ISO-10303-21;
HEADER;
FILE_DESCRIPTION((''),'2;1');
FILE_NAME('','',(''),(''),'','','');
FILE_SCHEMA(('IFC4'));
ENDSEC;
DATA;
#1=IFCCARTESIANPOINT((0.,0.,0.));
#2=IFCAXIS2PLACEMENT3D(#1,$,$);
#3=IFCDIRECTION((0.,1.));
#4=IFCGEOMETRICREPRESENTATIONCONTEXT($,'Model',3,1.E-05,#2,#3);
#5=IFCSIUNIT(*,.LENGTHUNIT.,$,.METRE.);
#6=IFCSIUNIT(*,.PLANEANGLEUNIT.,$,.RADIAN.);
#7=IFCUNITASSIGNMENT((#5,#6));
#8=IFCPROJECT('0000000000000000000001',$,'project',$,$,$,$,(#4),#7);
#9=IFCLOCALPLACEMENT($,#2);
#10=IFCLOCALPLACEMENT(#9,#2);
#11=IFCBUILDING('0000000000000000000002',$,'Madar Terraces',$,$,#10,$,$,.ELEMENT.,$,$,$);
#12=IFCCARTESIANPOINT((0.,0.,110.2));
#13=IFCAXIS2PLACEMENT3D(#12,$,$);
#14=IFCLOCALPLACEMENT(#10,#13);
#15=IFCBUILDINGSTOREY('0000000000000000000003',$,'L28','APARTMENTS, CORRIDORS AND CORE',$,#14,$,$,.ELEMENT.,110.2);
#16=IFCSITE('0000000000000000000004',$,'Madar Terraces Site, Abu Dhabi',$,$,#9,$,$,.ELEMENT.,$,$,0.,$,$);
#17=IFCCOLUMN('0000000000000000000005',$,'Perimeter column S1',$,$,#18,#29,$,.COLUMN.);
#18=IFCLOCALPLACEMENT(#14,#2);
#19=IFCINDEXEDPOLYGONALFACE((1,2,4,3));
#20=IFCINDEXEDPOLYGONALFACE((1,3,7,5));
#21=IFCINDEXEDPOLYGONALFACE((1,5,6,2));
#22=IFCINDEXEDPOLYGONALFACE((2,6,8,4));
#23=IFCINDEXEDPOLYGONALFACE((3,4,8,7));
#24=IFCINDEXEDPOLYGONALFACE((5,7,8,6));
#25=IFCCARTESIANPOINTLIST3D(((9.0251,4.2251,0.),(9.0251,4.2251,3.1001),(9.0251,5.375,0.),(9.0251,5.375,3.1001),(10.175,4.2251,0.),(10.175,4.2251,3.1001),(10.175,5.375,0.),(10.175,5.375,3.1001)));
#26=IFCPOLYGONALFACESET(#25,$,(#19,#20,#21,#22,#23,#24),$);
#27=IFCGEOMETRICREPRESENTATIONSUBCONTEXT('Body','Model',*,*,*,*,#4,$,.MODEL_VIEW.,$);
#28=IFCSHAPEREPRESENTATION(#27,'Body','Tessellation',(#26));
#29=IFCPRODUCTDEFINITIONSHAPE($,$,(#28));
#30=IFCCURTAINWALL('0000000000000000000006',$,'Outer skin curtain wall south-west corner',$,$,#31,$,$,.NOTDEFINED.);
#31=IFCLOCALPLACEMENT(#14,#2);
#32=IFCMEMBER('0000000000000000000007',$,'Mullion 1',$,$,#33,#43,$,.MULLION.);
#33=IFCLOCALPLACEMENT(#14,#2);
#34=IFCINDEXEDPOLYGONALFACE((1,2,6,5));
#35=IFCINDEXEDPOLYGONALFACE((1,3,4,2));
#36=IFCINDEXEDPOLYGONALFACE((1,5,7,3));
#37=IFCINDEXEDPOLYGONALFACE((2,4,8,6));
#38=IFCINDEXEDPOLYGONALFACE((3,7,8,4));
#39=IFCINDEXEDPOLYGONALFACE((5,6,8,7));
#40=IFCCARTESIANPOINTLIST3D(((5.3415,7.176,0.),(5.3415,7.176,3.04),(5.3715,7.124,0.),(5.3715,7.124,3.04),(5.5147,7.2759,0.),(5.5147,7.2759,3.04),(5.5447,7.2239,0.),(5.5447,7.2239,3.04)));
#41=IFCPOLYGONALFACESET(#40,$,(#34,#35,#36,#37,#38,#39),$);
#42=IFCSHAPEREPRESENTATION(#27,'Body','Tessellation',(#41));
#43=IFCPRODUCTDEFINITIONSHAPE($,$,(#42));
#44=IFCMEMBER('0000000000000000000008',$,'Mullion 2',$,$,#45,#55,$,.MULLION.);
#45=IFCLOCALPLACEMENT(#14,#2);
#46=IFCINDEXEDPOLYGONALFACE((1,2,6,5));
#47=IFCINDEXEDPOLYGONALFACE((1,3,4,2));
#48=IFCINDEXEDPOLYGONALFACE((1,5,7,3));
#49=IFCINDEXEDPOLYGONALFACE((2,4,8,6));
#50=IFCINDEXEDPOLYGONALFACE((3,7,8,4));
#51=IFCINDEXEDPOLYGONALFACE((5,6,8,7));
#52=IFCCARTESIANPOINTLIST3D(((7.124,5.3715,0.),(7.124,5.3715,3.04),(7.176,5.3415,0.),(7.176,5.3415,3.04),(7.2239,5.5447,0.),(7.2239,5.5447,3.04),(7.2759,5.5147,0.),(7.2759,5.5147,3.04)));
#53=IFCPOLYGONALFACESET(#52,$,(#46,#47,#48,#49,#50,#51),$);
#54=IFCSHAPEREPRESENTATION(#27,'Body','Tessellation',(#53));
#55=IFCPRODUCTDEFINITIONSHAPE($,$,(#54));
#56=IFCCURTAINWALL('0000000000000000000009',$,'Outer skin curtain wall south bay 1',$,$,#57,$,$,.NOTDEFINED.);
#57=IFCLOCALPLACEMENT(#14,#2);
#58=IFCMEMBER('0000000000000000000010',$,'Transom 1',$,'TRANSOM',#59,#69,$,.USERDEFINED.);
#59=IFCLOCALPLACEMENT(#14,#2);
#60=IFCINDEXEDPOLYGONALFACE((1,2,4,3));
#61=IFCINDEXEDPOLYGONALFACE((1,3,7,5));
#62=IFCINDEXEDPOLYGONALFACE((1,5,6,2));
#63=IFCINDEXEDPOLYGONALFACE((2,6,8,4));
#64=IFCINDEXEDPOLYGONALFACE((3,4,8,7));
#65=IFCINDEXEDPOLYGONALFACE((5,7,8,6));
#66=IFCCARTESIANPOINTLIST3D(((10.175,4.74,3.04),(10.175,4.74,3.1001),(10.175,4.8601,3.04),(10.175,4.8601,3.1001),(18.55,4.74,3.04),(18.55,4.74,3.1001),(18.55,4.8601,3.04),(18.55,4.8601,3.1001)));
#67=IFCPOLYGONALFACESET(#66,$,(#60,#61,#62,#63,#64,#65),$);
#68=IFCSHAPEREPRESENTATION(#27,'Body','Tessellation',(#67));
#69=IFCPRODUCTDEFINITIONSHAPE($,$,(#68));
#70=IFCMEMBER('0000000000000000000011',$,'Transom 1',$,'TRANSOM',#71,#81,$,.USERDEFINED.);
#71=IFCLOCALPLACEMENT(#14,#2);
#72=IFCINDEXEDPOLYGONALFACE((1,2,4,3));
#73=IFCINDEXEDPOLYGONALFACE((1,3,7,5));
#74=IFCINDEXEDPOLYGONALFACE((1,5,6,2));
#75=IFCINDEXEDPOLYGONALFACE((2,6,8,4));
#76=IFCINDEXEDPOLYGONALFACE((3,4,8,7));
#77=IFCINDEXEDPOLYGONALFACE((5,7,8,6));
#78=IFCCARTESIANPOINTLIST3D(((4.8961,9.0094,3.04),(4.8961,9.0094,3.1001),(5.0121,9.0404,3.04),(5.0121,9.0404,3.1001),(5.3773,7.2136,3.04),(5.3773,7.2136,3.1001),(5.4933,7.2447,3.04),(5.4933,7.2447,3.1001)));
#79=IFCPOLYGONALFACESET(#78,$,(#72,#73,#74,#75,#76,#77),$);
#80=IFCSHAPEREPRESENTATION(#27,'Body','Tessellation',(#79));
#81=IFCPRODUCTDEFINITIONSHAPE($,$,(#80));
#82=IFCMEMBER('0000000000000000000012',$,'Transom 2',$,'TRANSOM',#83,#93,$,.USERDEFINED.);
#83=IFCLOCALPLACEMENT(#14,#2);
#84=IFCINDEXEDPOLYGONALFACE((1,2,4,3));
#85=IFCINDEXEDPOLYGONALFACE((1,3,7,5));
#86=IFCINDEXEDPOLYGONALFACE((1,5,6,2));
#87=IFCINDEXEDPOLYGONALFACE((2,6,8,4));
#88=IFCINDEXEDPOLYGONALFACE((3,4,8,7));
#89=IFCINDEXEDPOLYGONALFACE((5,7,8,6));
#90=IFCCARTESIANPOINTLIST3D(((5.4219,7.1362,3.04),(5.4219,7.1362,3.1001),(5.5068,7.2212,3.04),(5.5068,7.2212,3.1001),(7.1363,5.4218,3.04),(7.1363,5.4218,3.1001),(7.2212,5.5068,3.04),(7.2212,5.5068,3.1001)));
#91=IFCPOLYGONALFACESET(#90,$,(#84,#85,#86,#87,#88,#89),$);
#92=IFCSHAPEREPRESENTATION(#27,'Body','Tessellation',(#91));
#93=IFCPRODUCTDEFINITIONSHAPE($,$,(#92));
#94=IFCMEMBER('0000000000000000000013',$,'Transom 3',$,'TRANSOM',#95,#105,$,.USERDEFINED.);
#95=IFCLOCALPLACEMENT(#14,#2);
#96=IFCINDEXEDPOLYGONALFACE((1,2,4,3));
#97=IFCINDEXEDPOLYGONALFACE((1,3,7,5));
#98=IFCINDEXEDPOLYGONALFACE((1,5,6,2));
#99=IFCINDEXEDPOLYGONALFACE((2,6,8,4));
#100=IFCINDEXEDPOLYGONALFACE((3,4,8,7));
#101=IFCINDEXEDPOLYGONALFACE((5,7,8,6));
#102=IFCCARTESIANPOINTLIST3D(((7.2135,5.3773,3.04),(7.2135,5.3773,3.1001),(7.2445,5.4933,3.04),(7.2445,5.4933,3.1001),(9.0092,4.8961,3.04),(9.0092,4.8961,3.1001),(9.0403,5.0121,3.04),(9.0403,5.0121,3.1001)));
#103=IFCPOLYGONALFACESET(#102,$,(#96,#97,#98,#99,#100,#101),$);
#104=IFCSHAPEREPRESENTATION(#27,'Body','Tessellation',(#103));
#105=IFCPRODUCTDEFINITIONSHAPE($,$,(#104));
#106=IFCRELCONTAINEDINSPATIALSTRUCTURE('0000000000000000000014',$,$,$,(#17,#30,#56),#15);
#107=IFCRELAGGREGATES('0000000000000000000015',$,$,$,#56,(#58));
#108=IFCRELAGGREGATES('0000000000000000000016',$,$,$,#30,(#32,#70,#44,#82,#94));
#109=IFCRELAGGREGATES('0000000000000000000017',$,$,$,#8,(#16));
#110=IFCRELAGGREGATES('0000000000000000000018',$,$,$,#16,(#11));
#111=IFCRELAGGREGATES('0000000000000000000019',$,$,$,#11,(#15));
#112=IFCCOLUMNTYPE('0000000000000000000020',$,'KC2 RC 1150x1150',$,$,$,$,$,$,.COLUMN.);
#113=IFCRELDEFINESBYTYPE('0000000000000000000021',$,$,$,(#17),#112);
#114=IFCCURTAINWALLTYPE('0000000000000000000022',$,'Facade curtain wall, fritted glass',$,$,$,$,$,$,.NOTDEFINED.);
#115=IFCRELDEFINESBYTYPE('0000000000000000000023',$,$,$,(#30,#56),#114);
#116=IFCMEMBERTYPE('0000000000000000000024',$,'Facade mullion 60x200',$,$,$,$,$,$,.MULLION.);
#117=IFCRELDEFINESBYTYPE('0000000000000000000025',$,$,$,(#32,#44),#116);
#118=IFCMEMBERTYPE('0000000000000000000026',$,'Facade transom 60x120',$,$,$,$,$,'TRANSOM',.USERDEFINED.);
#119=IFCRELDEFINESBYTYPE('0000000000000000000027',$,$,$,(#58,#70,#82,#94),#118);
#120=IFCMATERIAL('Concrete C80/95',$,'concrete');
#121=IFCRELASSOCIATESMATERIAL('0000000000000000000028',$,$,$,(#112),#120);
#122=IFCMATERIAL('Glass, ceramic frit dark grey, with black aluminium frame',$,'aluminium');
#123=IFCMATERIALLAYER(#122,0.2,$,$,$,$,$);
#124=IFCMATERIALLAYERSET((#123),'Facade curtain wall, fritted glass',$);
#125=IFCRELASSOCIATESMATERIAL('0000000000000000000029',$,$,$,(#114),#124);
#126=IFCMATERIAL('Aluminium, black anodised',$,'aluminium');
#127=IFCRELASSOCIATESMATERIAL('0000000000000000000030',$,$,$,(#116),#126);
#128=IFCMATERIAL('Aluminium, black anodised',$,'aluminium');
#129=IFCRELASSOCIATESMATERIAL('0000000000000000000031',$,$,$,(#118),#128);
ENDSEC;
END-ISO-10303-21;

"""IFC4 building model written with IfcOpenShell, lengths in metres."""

from ifc_helpers import new_model, si_unit, direction, frame, origin, origin_2d, place, context, subcontext, project, spatial, rectangle, extrude, material, layer, layer_set, material_profile, profile_set, type_object, element, aggregate, save


model = new_model("IFC4")

# Units and contexts
model_context = context("Model", 3, precision=1e-05, world=origin(), true_north=direction((0.0, 1.0)))
body_context = subcontext(model_context, "Body", "Model", "MODEL_VIEW")
ifc_project = project(units=[si_unit("LENGTHUNIT", "METRE"), si_unit("PLANEANGLEUNIT", "RADIAN")], contexts=[model_context])

# Site, building, storey
site_placement = place(None, origin())
site = spatial("IfcSite", under=ifc_project, at=site_placement, Name="Madar Terraces Site, Abu Dhabi", CompositionType="ELEMENT", RefElevation=0.0)
building_placement = place(site_placement, origin())
building = spatial("IfcBuilding", under=site, at=building_placement, Name="Madar Terraces", CompositionType="ELEMENT")
storey_placement = place(building_placement, frame((0.0, 0.0, 110.2)))
storey = spatial("IfcBuildingStorey", under=building, at=storey_placement, Name="L28", Description="APARTMENTS, CORRIDORS AND CORE", CompositionType="ELEMENT", Elevation=110.2)

# Column
ifc_material_1 = material(Name="Concrete C80/95", Category="concrete")
ifc_material_profile_1 = material_profile(ifc_material_1, rectangle(XDim=1.1499, YDim=1.1499, at=origin_2d()), Name="KC2 RC 1150x1150")
ifc_profile_set_1 = profile_set([ifc_material_profile_1], Name="Concrete C80/95")
column_type = type_object("IfcColumnType", Name="KC2 RC 1150x1150", PredefinedType="COLUMN", material=ifc_profile_set_1)
column_placement = place(storey_placement, frame((9.6001, 4.8, 0.0), z_axis=(0.0, 0.0, 1.0), x_axis=(1.0, 0.0, 0.0)))
element("IfcColumn", 1, at=column_placement, inside=storey, type_object=column_type, Name="Perimeter column S1", PredefinedType="COLUMN", context=body_context, shape_type="SweptSolid", body=[
    extrude(rectangle(XDim=1.1499, YDim=1.1499, at=origin_2d()), origin(), (0.0, 0.0, 1.0), 3.1001),
])

# Curtain wall, members
ifc_material_2 = material(Name="Glass, ceramic frit dark grey, with black aluminium frame", Category="aluminium")
ifc_layer_1 = layer(ifc_material_2, 0.2)
ifc_layer_set_1 = layer_set([ifc_layer_1], Name="Facade curtain wall, fritted glass")
curtain_wall_type = type_object("IfcCurtainWallType", Name="Facade curtain wall, fritted glass", PredefinedType="NOTDEFINED", material=ifc_layer_set_1)
curtain_wall_1_placement = place(storey_placement, origin())
curtain_wall_1 = element("IfcCurtainWall", 2, at=curtain_wall_1_placement, inside=storey, type_object=curtain_wall_type, Name="Outer skin curtain wall south-west corner", PredefinedType="NOTDEFINED")
ifc_material_3 = material(Name="Aluminium, black anodised", Category="aluminium")
ifc_material_profile_2 = material_profile(ifc_material_3, rectangle(XDim=0.2, YDim=0.0601, at=origin_2d()), Name="Facade mullion 60x200")
ifc_profile_set_2 = profile_set([ifc_material_profile_2], Name="Aluminium, black anodised")
member_type_1 = type_object("IfcMemberType", Name="Facade mullion 60x200", PredefinedType="MULLION", material=ifc_profile_set_2)
member_1_placement = place(storey_placement, frame((5.4431, 7.2, 0.0), z_axis=(0.0, 0.0, 1.0), x_axis=(0.866025, 0.5, 0.0)))
member_1 = element("IfcMember", 3, at=member_1_placement, type_object=member_type_1, Name="Mullion 1", PredefinedType="MULLION", context=body_context, shape_type="SweptSolid", body=[
    extrude(rectangle(XDim=0.2, YDim=0.0601, at=origin_2d()), origin(), (0.0, 0.0, 1.0), 3.04),
])
member_2_placement = place(storey_placement, frame((7.2, 5.4431, 0.0), z_axis=(0.0, 0.0, 1.0), x_axis=(0.5, 0.866025, 0.0)))
member_2 = element("IfcMember", 4, at=member_2_placement, type_object=member_type_1, Name="Mullion 2", PredefinedType="MULLION", context=body_context, shape_type="SweptSolid", body=[
    extrude(rectangle(XDim=0.2, YDim=0.0601, at=origin_2d()), origin(), (0.0, 0.0, 1.0), 3.04),
])

# Curtain wall, member
curtain_wall_2_placement = place(storey_placement, origin())
curtain_wall_2 = element("IfcCurtainWall", 5, at=curtain_wall_2_placement, inside=storey, type_object=curtain_wall_type, Name="Outer skin curtain wall south bay 1", PredefinedType="NOTDEFINED")
ifc_material_4 = material(Name="Aluminium, black anodised", Category="aluminium")
ifc_material_profile_3 = material_profile(ifc_material_4, rectangle(XDim=0.1201, YDim=0.0601, at=origin_2d()), Name="Facade transom 60x120")
ifc_profile_set_3 = profile_set([ifc_material_profile_3], Name="Aluminium, black anodised")
member_type_2 = type_object("IfcMemberType", Name="Facade transom 60x120", ElementType="TRANSOM", PredefinedType="USERDEFINED", material=ifc_profile_set_3)
member_3_placement = place(storey_placement, frame((10.175, 4.8, 3.0701), z_axis=(1.0, 0.0, 0.0), x_axis=(0.0, 1.0, 0.0)))
member_3 = element("IfcMember", 6, at=member_3_placement, type_object=member_type_2, Name="Transom 1", ObjectType="TRANSOM", PredefinedType="USERDEFINED", context=body_context, shape_type="SweptSolid", body=[
    extrude(rectangle(XDim=0.1201, YDim=0.0601, at=origin_2d()), origin(), (0.0, 0.0, 1.0), 8.375),
])

# Members
member_4_placement = place(storey_placement, frame((4.9541, 9.0249, 3.0701), z_axis=(0.258815, -0.965927, 0.0), x_axis=(0.965927, 0.258815, 0.0)))
member_4 = element("IfcMember", 7, at=member_4_placement, type_object=member_type_2, Name="Transom 1", ObjectType="TRANSOM", PredefinedType="USERDEFINED", context=body_context, shape_type="SweptSolid", body=[
    extrude(rectangle(XDim=0.1201, YDim=0.0601, at=origin_2d()), origin(), (0.0, 0.0, 1.0), 1.8591),
])
member_5_placement = place(storey_placement, frame((5.4644, 7.1787, 3.0701), z_axis=(0.707107, -0.707107, 0.0), x_axis=(0.707107, 0.707107, 0.0)))
member_5 = element("IfcMember", 8, at=member_5_placement, type_object=member_type_2, Name="Transom 2", ObjectType="TRANSOM", PredefinedType="USERDEFINED", context=body_context, shape_type="SweptSolid", body=[
    extrude(rectangle(XDim=0.1201, YDim=0.0601, at=origin_2d()), origin(), (0.0, 0.0, 1.0), 2.4246),
])
member_6_placement = place(storey_placement, frame((7.229, 5.4353, 3.0701), z_axis=(0.965927, -0.258815, 0.0), x_axis=(0.258815, 0.965927, 0.0)))
member_6 = element("IfcMember", 9, at=member_6_placement, type_object=member_type_2, Name="Transom 3", ObjectType="TRANSOM", PredefinedType="USERDEFINED", context=body_context, shape_type="SweptSolid", body=[
    extrude(rectangle(XDim=0.1201, YDim=0.0601, at=origin_2d()), origin(), (0.0, 0.0, 1.0), 1.8591),
])

aggregate(curtain_wall_2, [member_3])
aggregate(curtain_wall_1, [member_1, member_4, member_2, member_5, member_6])

save(model, "model.ifc")
